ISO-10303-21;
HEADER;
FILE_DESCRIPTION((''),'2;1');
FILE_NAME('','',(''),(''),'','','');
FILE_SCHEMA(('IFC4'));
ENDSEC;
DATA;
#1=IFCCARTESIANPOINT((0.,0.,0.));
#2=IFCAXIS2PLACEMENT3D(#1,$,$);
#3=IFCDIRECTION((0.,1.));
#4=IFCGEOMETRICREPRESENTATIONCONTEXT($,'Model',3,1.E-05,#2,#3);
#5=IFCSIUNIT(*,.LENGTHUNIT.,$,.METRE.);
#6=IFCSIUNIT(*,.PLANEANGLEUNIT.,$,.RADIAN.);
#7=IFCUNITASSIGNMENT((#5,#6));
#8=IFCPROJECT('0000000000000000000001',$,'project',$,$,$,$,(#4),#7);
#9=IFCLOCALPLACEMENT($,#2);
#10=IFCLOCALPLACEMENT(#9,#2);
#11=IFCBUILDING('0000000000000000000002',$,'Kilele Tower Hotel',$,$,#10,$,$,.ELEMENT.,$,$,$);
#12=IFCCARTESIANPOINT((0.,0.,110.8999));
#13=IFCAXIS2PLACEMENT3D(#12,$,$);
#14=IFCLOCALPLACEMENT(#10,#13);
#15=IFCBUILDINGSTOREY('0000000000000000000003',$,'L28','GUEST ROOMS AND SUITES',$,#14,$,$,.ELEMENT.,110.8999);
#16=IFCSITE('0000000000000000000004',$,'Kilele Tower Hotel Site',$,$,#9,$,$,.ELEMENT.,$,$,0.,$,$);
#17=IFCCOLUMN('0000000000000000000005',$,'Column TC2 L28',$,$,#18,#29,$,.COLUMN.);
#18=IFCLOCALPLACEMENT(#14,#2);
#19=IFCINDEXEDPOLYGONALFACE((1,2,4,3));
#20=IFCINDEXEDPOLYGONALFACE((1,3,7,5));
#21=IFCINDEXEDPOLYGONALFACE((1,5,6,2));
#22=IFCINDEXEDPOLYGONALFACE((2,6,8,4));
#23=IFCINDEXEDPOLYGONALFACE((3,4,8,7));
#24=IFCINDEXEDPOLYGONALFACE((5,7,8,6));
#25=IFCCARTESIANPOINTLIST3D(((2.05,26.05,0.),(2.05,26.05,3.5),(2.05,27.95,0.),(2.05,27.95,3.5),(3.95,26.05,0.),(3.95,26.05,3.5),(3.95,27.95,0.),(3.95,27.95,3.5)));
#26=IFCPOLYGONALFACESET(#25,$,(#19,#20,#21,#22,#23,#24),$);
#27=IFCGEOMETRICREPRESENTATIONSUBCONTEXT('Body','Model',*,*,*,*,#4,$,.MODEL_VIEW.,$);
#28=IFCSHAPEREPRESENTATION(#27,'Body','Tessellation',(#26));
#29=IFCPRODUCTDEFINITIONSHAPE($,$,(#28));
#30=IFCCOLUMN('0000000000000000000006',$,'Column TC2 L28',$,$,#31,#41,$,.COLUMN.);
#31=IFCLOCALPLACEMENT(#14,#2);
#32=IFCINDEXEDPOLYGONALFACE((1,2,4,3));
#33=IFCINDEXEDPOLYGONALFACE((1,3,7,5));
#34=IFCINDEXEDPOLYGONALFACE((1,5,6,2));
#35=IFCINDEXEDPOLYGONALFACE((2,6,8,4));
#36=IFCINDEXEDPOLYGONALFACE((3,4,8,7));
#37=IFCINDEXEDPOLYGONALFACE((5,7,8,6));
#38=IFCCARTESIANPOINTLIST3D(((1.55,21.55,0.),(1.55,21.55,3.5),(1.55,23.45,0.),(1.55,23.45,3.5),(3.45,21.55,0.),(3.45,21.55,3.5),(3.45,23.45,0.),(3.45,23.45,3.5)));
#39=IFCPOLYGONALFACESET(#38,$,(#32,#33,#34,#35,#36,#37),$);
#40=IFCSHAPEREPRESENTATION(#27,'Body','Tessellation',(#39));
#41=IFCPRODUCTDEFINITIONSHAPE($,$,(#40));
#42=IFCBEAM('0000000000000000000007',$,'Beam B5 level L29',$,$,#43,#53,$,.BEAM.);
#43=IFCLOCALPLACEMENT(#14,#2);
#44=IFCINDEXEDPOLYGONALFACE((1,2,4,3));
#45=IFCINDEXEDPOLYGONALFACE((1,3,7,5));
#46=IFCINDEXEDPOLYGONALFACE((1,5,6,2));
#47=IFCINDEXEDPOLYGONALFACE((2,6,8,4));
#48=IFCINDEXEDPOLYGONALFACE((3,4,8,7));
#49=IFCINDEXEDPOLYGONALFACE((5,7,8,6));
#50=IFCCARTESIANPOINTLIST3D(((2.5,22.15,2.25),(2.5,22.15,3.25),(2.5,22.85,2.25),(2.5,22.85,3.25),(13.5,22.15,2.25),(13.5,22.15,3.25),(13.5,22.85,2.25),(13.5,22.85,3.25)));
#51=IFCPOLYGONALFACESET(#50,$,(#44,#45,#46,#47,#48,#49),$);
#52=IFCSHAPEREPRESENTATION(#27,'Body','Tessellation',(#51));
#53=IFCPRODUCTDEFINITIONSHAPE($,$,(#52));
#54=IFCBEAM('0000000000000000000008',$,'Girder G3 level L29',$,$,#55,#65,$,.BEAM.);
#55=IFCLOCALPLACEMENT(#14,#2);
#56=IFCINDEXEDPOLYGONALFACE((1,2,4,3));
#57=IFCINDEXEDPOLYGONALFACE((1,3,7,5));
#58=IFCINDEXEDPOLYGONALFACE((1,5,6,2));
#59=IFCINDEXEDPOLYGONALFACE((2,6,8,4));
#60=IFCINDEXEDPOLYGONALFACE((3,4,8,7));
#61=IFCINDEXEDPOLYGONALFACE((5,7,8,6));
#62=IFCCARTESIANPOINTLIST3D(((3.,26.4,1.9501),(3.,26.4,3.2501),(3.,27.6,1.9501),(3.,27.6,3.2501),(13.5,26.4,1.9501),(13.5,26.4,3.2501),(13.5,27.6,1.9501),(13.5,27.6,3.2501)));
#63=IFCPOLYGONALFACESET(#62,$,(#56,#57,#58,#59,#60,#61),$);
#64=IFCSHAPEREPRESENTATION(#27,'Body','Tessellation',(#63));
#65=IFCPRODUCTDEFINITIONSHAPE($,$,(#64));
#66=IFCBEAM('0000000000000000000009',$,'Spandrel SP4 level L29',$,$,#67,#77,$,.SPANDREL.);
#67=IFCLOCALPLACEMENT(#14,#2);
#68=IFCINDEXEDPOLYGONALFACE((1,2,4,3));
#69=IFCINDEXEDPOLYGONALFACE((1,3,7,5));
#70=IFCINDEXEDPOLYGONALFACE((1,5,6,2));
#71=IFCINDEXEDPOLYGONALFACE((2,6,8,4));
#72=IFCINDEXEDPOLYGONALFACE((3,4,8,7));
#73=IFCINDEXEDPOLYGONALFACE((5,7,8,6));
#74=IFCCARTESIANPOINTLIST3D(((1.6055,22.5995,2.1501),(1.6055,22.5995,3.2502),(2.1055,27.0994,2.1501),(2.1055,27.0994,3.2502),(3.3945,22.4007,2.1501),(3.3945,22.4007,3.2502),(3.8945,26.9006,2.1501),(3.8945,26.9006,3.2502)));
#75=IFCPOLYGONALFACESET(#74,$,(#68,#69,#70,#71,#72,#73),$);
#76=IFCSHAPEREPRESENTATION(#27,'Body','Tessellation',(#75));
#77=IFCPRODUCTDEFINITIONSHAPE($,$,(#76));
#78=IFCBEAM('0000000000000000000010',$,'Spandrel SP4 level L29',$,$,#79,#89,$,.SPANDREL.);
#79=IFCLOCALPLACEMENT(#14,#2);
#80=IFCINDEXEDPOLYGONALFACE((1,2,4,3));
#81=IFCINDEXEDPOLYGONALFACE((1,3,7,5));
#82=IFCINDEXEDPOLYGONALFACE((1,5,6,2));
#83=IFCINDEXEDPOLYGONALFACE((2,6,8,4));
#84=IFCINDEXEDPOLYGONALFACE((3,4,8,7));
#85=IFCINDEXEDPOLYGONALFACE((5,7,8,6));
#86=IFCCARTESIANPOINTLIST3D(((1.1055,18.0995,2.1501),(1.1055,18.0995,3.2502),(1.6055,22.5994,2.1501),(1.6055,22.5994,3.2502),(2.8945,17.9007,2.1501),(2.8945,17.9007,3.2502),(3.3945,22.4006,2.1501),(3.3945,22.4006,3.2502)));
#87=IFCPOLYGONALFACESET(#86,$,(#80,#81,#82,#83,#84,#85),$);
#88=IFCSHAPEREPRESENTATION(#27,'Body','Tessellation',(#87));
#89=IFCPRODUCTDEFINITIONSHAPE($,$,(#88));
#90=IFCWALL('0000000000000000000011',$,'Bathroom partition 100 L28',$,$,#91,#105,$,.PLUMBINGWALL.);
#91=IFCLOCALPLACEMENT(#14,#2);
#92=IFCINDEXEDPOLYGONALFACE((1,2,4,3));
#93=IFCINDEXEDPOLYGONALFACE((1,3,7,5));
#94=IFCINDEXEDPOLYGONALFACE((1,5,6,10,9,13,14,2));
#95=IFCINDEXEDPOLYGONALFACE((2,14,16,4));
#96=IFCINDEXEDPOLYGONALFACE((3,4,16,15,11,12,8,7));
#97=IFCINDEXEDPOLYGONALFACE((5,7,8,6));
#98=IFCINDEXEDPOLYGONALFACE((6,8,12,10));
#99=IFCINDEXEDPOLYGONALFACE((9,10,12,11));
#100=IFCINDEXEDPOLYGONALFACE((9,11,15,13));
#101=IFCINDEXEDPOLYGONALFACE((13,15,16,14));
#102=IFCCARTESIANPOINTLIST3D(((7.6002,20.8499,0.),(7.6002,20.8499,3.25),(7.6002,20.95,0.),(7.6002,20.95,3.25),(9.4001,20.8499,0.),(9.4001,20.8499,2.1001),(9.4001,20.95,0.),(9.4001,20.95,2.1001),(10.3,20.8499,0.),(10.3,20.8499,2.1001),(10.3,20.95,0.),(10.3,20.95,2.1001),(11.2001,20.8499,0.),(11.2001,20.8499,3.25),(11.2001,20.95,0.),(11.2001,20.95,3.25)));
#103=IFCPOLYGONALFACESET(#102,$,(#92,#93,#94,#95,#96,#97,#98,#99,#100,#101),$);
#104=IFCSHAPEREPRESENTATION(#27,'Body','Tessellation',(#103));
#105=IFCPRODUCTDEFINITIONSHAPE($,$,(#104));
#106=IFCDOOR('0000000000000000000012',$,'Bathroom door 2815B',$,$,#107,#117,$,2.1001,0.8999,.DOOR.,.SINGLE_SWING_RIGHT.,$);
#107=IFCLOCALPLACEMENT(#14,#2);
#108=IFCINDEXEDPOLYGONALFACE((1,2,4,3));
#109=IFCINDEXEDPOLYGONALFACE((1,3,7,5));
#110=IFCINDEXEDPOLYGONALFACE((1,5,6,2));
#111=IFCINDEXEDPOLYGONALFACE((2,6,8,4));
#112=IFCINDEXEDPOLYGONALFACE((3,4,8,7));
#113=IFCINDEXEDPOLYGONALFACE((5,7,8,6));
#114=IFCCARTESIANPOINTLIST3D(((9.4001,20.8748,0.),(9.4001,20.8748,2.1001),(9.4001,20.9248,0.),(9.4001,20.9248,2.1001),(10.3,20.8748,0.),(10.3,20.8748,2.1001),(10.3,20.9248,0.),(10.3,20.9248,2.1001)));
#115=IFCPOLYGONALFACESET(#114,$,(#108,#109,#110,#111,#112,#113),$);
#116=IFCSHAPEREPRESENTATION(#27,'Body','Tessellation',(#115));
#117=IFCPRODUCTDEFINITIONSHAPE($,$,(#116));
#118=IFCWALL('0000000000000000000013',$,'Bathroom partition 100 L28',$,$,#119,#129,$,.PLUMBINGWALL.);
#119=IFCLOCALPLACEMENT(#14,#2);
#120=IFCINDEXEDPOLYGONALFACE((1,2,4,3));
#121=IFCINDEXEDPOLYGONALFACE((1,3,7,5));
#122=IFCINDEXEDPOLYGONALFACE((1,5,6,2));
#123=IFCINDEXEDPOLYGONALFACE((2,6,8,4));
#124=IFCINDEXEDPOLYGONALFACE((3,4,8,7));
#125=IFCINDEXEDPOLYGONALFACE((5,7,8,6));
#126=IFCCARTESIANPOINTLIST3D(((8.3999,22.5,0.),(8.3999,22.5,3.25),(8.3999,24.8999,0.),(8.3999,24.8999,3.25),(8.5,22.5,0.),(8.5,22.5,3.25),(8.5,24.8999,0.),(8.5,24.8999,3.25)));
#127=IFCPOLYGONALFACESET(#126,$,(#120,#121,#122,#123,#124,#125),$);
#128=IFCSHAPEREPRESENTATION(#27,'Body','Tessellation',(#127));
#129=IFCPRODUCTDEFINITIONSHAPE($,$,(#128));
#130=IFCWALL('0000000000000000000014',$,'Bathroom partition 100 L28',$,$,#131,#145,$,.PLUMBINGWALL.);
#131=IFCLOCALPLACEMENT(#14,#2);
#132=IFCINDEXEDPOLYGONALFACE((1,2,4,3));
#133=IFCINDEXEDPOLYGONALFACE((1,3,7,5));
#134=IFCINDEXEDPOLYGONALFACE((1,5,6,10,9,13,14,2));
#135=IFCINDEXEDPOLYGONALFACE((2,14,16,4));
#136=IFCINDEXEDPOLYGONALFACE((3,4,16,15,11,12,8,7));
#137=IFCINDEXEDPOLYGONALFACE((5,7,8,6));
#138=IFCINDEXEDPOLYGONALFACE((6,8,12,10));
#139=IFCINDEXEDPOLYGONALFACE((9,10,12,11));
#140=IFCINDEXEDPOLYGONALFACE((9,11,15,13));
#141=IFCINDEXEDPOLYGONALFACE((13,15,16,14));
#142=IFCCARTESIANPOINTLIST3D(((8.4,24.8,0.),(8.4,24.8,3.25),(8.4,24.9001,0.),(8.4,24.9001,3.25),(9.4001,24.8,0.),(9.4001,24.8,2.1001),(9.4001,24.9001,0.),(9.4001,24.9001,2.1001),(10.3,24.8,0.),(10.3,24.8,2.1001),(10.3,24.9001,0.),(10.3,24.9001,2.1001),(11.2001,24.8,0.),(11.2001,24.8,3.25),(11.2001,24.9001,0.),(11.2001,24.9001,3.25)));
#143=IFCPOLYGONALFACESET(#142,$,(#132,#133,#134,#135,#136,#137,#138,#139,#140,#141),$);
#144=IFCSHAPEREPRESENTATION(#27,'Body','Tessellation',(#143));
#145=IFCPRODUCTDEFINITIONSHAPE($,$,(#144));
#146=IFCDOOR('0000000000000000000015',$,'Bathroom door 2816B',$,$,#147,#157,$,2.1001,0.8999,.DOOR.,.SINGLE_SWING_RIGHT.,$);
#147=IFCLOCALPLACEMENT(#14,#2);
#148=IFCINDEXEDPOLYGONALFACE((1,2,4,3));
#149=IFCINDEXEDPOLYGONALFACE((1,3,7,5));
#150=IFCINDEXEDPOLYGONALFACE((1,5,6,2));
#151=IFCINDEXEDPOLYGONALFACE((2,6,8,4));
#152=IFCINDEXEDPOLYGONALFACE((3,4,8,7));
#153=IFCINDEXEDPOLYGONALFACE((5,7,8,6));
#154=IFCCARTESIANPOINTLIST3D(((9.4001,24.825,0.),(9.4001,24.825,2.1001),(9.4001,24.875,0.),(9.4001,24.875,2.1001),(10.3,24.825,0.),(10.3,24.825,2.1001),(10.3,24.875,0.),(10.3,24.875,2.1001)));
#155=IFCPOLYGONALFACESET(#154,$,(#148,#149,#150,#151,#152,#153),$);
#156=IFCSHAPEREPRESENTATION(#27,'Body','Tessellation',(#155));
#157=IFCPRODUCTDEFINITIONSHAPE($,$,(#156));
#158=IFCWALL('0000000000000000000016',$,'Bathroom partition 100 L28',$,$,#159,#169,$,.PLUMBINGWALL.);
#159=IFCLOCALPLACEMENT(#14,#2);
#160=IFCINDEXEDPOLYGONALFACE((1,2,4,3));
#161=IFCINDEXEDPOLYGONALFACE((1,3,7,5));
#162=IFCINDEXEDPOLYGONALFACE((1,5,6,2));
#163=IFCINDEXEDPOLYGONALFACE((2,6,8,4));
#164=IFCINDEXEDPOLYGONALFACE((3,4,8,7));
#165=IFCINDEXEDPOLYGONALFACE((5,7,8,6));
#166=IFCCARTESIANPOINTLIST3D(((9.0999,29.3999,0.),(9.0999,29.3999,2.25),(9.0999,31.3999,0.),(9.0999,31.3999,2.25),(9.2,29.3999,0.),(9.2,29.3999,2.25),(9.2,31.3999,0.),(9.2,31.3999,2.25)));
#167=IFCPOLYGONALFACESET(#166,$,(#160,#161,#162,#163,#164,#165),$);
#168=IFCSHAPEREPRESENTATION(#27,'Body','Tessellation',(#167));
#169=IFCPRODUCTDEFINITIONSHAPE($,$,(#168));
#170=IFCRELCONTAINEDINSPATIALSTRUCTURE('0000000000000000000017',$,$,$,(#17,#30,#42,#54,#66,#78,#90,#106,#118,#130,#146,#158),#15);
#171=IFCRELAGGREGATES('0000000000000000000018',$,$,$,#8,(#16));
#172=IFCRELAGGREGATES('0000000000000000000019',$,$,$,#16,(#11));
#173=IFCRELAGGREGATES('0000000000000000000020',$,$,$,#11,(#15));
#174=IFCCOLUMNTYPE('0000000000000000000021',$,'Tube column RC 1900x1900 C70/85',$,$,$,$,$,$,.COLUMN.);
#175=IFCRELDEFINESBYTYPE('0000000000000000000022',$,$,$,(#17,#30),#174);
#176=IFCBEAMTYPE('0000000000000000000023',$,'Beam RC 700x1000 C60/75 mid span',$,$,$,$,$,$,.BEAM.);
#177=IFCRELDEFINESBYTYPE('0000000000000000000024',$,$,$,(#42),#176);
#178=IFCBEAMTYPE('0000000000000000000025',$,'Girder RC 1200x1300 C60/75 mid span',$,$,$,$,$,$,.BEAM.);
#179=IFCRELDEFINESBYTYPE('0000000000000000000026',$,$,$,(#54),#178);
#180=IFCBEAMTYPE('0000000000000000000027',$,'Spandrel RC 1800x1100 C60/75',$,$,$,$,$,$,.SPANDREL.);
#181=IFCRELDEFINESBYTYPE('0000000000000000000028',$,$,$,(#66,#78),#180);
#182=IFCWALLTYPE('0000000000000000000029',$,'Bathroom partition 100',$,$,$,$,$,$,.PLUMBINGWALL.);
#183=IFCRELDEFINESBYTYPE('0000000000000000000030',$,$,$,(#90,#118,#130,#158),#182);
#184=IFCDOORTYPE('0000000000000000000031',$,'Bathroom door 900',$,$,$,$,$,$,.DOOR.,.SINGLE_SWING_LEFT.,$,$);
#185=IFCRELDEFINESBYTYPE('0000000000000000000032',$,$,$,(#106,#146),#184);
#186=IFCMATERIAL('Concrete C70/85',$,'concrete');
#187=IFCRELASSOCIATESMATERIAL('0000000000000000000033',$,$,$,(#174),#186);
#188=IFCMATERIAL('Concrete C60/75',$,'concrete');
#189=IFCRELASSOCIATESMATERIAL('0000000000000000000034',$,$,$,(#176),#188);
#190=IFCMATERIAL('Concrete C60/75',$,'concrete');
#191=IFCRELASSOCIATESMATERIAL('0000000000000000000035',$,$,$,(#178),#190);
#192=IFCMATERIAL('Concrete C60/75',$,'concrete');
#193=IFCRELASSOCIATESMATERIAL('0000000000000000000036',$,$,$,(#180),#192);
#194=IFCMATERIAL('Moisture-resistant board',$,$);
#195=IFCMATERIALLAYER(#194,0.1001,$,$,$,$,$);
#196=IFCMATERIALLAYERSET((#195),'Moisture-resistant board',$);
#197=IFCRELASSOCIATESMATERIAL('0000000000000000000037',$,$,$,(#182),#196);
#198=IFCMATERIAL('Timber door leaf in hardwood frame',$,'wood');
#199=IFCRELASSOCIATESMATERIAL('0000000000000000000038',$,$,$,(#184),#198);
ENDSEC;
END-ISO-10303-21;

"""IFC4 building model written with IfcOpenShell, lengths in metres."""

from ifc_helpers import new_model, si_unit, direction, frame, frame_2d, origin, origin_2d, place, context, subcontext, project, spatial, rectangle, extrude, material, layer, layer_set, material_profile, profile_set, type_object, element, fill, save


model = new_model("IFC4")

# Units and contexts
model_context = context("Model", 3, precision=1e-05, world=origin(), true_north=direction((0.0, 1.0)))
body_context = subcontext(model_context, "Body", "Model", "MODEL_VIEW")
ifc_project = project(units=[si_unit("LENGTHUNIT", "METRE"), si_unit("PLANEANGLEUNIT", "RADIAN")], contexts=[model_context])

# Site, building, storey
site_placement = place(None, origin())
site = spatial("IfcSite", under=ifc_project, at=site_placement, Name="Kilele Tower Hotel Site", CompositionType="ELEMENT", RefElevation=0.0)
building_placement = place(site_placement, origin())
building = spatial("IfcBuilding", under=site, at=building_placement, Name="Kilele Tower Hotel", CompositionType="ELEMENT")
storey_placement = place(building_placement, frame((0.0, 0.0, 110.8999)))
storey = spatial("IfcBuildingStorey", under=building, at=storey_placement, Name="L28", Description="GUEST ROOMS AND SUITES", CompositionType="ELEMENT", Elevation=110.8999)

# Columns
ifc_material_1 = material(Name="Concrete C70/85", Category="concrete")
ifc_material_profile_1 = material_profile(ifc_material_1, rectangle(XDim=1.8999, YDim=1.8999, at=origin_2d()))
ifc_profile_set_1 = profile_set([ifc_material_profile_1], Name="Concrete C70/85")
column_type = type_object("IfcColumnType", Name="Tube column RC 1900x1900 C70/85", PredefinedType="COLUMN", material=ifc_profile_set_1)
for number, where, z_axis, x_axis, name in (
    (1, (3.0, 27.0, 0.0), (0.0, 0.0, 1.0), (1.0, 0.0, 0.0), "Column TC2 L28"),
    (2, (2.5, 22.5, 0.0), (0.0, 0.0, 1.0), (1.0, 0.0, 0.0), "Column TC2 L28"),
):
    element("IfcColumn", number, at=place(storey_placement, frame(where, z_axis=z_axis, x_axis=x_axis)), inside=storey, type_object=column_type, Name=name, PredefinedType="COLUMN", context=body_context, shape_type="SweptSolid", body=[
        extrude(rectangle(XDim=1.8999, YDim=1.8999, at=origin_2d()), origin(), (0.0, 0.0, 1.0), 3.5),
    ])

# Beams
ifc_material_2 = material(Name="Concrete C60/75", Category="concrete")
ifc_material_profile_2 = material_profile(ifc_material_2, rectangle(XDim=0.7, YDim=1.0, at=origin_2d()))
ifc_profile_set_2 = profile_set([ifc_material_profile_2], Name="Concrete C60/75")
beam_type_1 = type_object("IfcBeamType", Name="Beam RC 700x1000 C60/75 mid span", PredefinedType="BEAM", material=ifc_profile_set_2)
beam_1_placement = place(storey_placement, frame((2.5, 22.5, 2.75), z_axis=(1.0, 0.0, 0.0), x_axis=(0.0, 1.0, 0.0)))
element("IfcBeam", 3, at=beam_1_placement, inside=storey, type_object=beam_type_1, Name="Beam B5 level L29", PredefinedType="BEAM", context=body_context, shape_type="SweptSolid", body=[
    extrude(rectangle(XDim=0.7, YDim=1.0, at=origin_2d()), origin(), (0.0, 0.0, 1.0), 11.0),
])
ifc_material_3 = material(Name="Concrete C60/75", Category="concrete")
ifc_material_profile_3 = material_profile(ifc_material_3, rectangle(XDim=1.2, YDim=1.3, at=origin_2d()))
ifc_profile_set_3 = profile_set([ifc_material_profile_3], Name="Concrete C60/75")
beam_type_2 = type_object("IfcBeamType", Name="Girder RC 1200x1300 C60/75 mid span", PredefinedType="BEAM", material=ifc_profile_set_3)
beam_2_placement = place(storey_placement, frame((3.0, 27.0, 2.6001), z_axis=(1.0, 0.0, 0.0), x_axis=(0.0, 1.0, 0.0)))
element("IfcBeam", 4, at=beam_2_placement, inside=storey, type_object=beam_type_2, Name="Girder G3 level L29", PredefinedType="BEAM", context=body_context, shape_type="SweptSolid", body=[
    extrude(rectangle(XDim=1.2, YDim=1.3, at=origin_2d()), origin(), (0.0, 0.0, 1.0), 10.5),
])
ifc_material_4 = material(Name="Concrete C60/75", Category="concrete")
ifc_material_profile_4 = material_profile(ifc_material_4, rectangle(XDim=1.8, YDim=1.1001, at=origin_2d()))
ifc_profile_set_4 = profile_set([ifc_material_profile_4], Name="Concrete C60/75")
beam_type_3 = type_object("IfcBeamType", Name="Spandrel RC 1800x1100 C60/75", PredefinedType="SPANDREL", material=ifc_profile_set_4)
for number, where, z_axis, x_axis, name in (
    (5, (3.0, 27.0, 2.7002), (-0.110432, -0.993884, 0.0), (0.993884, -0.110432, 0.0), "Spandrel SP4 level L29"),
    (6, (2.5, 22.5, 2.7002), (-0.110432, -0.993884, 0.0), (0.993884, -0.110432, 0.0), "Spandrel SP4 level L29"),
):
    element("IfcBeam", number, at=place(storey_placement, frame(where, z_axis=z_axis, x_axis=x_axis)), inside=storey, type_object=beam_type_3, Name=name, PredefinedType="SPANDREL", context=body_context, shape_type="SweptSolid", body=[
        extrude(rectangle(XDim=1.8, YDim=1.1001, at=origin_2d()), origin(), (0.0, 0.0, 1.0), 4.5276),
    ])

# Wall, opening, door
ifc_material_5 = material(Name="Moisture-resistant board")
ifc_layer_1 = layer(ifc_material_5, 0.1001)
ifc_layer_set_1 = layer_set([ifc_layer_1], Name="Moisture-resistant board")
wall_type_1 = type_object("IfcWallType", Name="Bathroom partition 100", PredefinedType="PLUMBINGWALL", material=ifc_layer_set_1)
wall_1_placement = place(storey_placement, frame((11.2, 20.8999, 0.0), z_axis=(0.0, 0.0, 1.0), x_axis=(-1.0, 0.0, 0.0)))
wall_1 = element("IfcWall", 7, at=wall_1_placement, inside=storey, type_object=wall_type_1, Name="Bathroom partition 100 L28", PredefinedType="PLUMBINGWALL", context=body_context, shape_type="SweptSolid", body=[
    extrude(rectangle(XDim=3.5999, YDim=0.1001, at=frame_2d((1.7998, 0.0))), origin(), (0.0, 0.0, 1.0), 3.25),
])
opening_1_placement = place(wall_1_placement, frame((1.7998, 0.0, 0.0), z_axis=(0.0, 0.0, 1.0), x_axis=(-1.0, 0.0, 0.0)))
opening_1 = element("IfcOpeningElement", 8, at=opening_1_placement, cuts=wall_1, PredefinedType="OPENING", context=body_context, shape_type="SweptSolid", body=[
    extrude(rectangle(XDim=0.8999, YDim=2.1001, at=frame_2d((0.45, 1.05))), frame((0.0, 0.0601, 0.0), z_axis=(0.0, -1.0, 0.0), x_axis=(1.0, 0.0, 0.0)), (0.0, 0.0, 1.0), 0.1201),
])
ifc_material_6 = material(Name="Timber door leaf in hardwood frame", Category="wood")
door_type_1 = type_object("IfcDoorType", Name="Bathroom door 900", OperationType="SINGLE_SWING_LEFT", PredefinedType="DOOR", material=ifc_material_6)
door_1_placement = place(opening_1_placement, origin())
door_1 = element("IfcDoor", 9, at=door_1_placement, inside=storey, type_object=door_type_1, Name="Bathroom door 2815B", OperationType="SINGLE_SWING_RIGHT", OverallHeight=2.1001, OverallWidth=0.8999, PredefinedType="DOOR", context=body_context, shape_type="SweptSolid", body=[
    extrude(rectangle(XDim=0.8999, YDim=2.1001, at=frame_2d((0.45, 1.05))), frame((0.0, 0.0249, 0.0), z_axis=(0.0, -1.0, 0.0), x_axis=(1.0, 0.0, 0.0)), (0.0, 0.0, 1.0), 0.05),
])
fill(opening_1, door_1)

# Wall
wall_2_placement = place(storey_placement, frame((8.45, 22.5, 0.0), z_axis=(0.0, 0.0, 1.0), x_axis=(0.0, 1.0, 0.0)))
element("IfcWall", 10, at=wall_2_placement, inside=storey, type_object=wall_type_1, Name="Bathroom partition 100 L28", PredefinedType="PLUMBINGWALL", context=body_context, shape_type="SweptSolid", body=[
    extrude(rectangle(XDim=2.3999, YDim=0.1001, at=frame_2d((1.2, 0.0))), origin(), (0.0, 0.0, 1.0), 3.25),
])

# Wall, opening, door
wall_3_placement = place(storey_placement, frame((11.2, 24.8501, 0.0), z_axis=(0.0, 0.0, 1.0), x_axis=(-1.0, 0.0, 0.0)))
wall_3 = element("IfcWall", 11, at=wall_3_placement, inside=storey, type_object=wall_type_1, Name="Bathroom partition 100 L28", PredefinedType="PLUMBINGWALL", context=body_context, shape_type="SweptSolid", body=[
    extrude(rectangle(XDim=2.8, YDim=0.1001, at=frame_2d((1.3999, 0.0))), origin(), (0.0, 0.0, 1.0), 3.25),
])
opening_2_placement = place(wall_3_placement, frame((1.7998, 0.0, 0.0), z_axis=(0.0, 0.0, 1.0), x_axis=(-1.0, 0.0, 0.0)))
opening_2 = element("IfcOpeningElement", 12, at=opening_2_placement, cuts=wall_3, PredefinedType="OPENING", context=body_context, shape_type="SweptSolid", body=[
    extrude(rectangle(XDim=0.8999, YDim=2.1001, at=frame_2d((0.45, 1.05))), frame((0.0, 0.0601, 0.0), z_axis=(0.0, -1.0, 0.0), x_axis=(1.0, 0.0, 0.0)), (0.0, 0.0, 1.0), 0.1201),
])
door_2_placement = place(opening_2_placement, origin())
door_2 = element("IfcDoor", 13, at=door_2_placement, inside=storey, type_object=door_type_1, Name="Bathroom door 2816B", OperationType="SINGLE_SWING_RIGHT", OverallHeight=2.1001, OverallWidth=0.8999, PredefinedType="DOOR", context=body_context, shape_type="SweptSolid", body=[
    extrude(rectangle(XDim=0.8999, YDim=2.1001, at=frame_2d((0.45, 1.05))), frame((0.0, 0.0249, 0.0), z_axis=(0.0, -1.0, 0.0), x_axis=(1.0, 0.0, 0.0)), (0.0, 0.0, 1.0), 0.05),
])
fill(opening_2, door_2)

# Wall
wall_4_placement = place(storey_placement, frame((9.1499, 31.3999, 0.0), z_axis=(0.0, 0.0, 1.0), x_axis=(0.0, -1.0, 0.0)))
element("IfcWall", 14, at=wall_4_placement, inside=storey, type_object=wall_type_1, Name="Bathroom partition 100 L28", PredefinedType="PLUMBINGWALL", context=body_context, shape_type="SweptSolid", body=[
    extrude(rectangle(XDim=2.0, YDim=0.1001, at=frame_2d((1.0, 0.0))), origin(), (0.0, 0.0, 1.0), 2.25),
])

save(model, "model.ifc")
